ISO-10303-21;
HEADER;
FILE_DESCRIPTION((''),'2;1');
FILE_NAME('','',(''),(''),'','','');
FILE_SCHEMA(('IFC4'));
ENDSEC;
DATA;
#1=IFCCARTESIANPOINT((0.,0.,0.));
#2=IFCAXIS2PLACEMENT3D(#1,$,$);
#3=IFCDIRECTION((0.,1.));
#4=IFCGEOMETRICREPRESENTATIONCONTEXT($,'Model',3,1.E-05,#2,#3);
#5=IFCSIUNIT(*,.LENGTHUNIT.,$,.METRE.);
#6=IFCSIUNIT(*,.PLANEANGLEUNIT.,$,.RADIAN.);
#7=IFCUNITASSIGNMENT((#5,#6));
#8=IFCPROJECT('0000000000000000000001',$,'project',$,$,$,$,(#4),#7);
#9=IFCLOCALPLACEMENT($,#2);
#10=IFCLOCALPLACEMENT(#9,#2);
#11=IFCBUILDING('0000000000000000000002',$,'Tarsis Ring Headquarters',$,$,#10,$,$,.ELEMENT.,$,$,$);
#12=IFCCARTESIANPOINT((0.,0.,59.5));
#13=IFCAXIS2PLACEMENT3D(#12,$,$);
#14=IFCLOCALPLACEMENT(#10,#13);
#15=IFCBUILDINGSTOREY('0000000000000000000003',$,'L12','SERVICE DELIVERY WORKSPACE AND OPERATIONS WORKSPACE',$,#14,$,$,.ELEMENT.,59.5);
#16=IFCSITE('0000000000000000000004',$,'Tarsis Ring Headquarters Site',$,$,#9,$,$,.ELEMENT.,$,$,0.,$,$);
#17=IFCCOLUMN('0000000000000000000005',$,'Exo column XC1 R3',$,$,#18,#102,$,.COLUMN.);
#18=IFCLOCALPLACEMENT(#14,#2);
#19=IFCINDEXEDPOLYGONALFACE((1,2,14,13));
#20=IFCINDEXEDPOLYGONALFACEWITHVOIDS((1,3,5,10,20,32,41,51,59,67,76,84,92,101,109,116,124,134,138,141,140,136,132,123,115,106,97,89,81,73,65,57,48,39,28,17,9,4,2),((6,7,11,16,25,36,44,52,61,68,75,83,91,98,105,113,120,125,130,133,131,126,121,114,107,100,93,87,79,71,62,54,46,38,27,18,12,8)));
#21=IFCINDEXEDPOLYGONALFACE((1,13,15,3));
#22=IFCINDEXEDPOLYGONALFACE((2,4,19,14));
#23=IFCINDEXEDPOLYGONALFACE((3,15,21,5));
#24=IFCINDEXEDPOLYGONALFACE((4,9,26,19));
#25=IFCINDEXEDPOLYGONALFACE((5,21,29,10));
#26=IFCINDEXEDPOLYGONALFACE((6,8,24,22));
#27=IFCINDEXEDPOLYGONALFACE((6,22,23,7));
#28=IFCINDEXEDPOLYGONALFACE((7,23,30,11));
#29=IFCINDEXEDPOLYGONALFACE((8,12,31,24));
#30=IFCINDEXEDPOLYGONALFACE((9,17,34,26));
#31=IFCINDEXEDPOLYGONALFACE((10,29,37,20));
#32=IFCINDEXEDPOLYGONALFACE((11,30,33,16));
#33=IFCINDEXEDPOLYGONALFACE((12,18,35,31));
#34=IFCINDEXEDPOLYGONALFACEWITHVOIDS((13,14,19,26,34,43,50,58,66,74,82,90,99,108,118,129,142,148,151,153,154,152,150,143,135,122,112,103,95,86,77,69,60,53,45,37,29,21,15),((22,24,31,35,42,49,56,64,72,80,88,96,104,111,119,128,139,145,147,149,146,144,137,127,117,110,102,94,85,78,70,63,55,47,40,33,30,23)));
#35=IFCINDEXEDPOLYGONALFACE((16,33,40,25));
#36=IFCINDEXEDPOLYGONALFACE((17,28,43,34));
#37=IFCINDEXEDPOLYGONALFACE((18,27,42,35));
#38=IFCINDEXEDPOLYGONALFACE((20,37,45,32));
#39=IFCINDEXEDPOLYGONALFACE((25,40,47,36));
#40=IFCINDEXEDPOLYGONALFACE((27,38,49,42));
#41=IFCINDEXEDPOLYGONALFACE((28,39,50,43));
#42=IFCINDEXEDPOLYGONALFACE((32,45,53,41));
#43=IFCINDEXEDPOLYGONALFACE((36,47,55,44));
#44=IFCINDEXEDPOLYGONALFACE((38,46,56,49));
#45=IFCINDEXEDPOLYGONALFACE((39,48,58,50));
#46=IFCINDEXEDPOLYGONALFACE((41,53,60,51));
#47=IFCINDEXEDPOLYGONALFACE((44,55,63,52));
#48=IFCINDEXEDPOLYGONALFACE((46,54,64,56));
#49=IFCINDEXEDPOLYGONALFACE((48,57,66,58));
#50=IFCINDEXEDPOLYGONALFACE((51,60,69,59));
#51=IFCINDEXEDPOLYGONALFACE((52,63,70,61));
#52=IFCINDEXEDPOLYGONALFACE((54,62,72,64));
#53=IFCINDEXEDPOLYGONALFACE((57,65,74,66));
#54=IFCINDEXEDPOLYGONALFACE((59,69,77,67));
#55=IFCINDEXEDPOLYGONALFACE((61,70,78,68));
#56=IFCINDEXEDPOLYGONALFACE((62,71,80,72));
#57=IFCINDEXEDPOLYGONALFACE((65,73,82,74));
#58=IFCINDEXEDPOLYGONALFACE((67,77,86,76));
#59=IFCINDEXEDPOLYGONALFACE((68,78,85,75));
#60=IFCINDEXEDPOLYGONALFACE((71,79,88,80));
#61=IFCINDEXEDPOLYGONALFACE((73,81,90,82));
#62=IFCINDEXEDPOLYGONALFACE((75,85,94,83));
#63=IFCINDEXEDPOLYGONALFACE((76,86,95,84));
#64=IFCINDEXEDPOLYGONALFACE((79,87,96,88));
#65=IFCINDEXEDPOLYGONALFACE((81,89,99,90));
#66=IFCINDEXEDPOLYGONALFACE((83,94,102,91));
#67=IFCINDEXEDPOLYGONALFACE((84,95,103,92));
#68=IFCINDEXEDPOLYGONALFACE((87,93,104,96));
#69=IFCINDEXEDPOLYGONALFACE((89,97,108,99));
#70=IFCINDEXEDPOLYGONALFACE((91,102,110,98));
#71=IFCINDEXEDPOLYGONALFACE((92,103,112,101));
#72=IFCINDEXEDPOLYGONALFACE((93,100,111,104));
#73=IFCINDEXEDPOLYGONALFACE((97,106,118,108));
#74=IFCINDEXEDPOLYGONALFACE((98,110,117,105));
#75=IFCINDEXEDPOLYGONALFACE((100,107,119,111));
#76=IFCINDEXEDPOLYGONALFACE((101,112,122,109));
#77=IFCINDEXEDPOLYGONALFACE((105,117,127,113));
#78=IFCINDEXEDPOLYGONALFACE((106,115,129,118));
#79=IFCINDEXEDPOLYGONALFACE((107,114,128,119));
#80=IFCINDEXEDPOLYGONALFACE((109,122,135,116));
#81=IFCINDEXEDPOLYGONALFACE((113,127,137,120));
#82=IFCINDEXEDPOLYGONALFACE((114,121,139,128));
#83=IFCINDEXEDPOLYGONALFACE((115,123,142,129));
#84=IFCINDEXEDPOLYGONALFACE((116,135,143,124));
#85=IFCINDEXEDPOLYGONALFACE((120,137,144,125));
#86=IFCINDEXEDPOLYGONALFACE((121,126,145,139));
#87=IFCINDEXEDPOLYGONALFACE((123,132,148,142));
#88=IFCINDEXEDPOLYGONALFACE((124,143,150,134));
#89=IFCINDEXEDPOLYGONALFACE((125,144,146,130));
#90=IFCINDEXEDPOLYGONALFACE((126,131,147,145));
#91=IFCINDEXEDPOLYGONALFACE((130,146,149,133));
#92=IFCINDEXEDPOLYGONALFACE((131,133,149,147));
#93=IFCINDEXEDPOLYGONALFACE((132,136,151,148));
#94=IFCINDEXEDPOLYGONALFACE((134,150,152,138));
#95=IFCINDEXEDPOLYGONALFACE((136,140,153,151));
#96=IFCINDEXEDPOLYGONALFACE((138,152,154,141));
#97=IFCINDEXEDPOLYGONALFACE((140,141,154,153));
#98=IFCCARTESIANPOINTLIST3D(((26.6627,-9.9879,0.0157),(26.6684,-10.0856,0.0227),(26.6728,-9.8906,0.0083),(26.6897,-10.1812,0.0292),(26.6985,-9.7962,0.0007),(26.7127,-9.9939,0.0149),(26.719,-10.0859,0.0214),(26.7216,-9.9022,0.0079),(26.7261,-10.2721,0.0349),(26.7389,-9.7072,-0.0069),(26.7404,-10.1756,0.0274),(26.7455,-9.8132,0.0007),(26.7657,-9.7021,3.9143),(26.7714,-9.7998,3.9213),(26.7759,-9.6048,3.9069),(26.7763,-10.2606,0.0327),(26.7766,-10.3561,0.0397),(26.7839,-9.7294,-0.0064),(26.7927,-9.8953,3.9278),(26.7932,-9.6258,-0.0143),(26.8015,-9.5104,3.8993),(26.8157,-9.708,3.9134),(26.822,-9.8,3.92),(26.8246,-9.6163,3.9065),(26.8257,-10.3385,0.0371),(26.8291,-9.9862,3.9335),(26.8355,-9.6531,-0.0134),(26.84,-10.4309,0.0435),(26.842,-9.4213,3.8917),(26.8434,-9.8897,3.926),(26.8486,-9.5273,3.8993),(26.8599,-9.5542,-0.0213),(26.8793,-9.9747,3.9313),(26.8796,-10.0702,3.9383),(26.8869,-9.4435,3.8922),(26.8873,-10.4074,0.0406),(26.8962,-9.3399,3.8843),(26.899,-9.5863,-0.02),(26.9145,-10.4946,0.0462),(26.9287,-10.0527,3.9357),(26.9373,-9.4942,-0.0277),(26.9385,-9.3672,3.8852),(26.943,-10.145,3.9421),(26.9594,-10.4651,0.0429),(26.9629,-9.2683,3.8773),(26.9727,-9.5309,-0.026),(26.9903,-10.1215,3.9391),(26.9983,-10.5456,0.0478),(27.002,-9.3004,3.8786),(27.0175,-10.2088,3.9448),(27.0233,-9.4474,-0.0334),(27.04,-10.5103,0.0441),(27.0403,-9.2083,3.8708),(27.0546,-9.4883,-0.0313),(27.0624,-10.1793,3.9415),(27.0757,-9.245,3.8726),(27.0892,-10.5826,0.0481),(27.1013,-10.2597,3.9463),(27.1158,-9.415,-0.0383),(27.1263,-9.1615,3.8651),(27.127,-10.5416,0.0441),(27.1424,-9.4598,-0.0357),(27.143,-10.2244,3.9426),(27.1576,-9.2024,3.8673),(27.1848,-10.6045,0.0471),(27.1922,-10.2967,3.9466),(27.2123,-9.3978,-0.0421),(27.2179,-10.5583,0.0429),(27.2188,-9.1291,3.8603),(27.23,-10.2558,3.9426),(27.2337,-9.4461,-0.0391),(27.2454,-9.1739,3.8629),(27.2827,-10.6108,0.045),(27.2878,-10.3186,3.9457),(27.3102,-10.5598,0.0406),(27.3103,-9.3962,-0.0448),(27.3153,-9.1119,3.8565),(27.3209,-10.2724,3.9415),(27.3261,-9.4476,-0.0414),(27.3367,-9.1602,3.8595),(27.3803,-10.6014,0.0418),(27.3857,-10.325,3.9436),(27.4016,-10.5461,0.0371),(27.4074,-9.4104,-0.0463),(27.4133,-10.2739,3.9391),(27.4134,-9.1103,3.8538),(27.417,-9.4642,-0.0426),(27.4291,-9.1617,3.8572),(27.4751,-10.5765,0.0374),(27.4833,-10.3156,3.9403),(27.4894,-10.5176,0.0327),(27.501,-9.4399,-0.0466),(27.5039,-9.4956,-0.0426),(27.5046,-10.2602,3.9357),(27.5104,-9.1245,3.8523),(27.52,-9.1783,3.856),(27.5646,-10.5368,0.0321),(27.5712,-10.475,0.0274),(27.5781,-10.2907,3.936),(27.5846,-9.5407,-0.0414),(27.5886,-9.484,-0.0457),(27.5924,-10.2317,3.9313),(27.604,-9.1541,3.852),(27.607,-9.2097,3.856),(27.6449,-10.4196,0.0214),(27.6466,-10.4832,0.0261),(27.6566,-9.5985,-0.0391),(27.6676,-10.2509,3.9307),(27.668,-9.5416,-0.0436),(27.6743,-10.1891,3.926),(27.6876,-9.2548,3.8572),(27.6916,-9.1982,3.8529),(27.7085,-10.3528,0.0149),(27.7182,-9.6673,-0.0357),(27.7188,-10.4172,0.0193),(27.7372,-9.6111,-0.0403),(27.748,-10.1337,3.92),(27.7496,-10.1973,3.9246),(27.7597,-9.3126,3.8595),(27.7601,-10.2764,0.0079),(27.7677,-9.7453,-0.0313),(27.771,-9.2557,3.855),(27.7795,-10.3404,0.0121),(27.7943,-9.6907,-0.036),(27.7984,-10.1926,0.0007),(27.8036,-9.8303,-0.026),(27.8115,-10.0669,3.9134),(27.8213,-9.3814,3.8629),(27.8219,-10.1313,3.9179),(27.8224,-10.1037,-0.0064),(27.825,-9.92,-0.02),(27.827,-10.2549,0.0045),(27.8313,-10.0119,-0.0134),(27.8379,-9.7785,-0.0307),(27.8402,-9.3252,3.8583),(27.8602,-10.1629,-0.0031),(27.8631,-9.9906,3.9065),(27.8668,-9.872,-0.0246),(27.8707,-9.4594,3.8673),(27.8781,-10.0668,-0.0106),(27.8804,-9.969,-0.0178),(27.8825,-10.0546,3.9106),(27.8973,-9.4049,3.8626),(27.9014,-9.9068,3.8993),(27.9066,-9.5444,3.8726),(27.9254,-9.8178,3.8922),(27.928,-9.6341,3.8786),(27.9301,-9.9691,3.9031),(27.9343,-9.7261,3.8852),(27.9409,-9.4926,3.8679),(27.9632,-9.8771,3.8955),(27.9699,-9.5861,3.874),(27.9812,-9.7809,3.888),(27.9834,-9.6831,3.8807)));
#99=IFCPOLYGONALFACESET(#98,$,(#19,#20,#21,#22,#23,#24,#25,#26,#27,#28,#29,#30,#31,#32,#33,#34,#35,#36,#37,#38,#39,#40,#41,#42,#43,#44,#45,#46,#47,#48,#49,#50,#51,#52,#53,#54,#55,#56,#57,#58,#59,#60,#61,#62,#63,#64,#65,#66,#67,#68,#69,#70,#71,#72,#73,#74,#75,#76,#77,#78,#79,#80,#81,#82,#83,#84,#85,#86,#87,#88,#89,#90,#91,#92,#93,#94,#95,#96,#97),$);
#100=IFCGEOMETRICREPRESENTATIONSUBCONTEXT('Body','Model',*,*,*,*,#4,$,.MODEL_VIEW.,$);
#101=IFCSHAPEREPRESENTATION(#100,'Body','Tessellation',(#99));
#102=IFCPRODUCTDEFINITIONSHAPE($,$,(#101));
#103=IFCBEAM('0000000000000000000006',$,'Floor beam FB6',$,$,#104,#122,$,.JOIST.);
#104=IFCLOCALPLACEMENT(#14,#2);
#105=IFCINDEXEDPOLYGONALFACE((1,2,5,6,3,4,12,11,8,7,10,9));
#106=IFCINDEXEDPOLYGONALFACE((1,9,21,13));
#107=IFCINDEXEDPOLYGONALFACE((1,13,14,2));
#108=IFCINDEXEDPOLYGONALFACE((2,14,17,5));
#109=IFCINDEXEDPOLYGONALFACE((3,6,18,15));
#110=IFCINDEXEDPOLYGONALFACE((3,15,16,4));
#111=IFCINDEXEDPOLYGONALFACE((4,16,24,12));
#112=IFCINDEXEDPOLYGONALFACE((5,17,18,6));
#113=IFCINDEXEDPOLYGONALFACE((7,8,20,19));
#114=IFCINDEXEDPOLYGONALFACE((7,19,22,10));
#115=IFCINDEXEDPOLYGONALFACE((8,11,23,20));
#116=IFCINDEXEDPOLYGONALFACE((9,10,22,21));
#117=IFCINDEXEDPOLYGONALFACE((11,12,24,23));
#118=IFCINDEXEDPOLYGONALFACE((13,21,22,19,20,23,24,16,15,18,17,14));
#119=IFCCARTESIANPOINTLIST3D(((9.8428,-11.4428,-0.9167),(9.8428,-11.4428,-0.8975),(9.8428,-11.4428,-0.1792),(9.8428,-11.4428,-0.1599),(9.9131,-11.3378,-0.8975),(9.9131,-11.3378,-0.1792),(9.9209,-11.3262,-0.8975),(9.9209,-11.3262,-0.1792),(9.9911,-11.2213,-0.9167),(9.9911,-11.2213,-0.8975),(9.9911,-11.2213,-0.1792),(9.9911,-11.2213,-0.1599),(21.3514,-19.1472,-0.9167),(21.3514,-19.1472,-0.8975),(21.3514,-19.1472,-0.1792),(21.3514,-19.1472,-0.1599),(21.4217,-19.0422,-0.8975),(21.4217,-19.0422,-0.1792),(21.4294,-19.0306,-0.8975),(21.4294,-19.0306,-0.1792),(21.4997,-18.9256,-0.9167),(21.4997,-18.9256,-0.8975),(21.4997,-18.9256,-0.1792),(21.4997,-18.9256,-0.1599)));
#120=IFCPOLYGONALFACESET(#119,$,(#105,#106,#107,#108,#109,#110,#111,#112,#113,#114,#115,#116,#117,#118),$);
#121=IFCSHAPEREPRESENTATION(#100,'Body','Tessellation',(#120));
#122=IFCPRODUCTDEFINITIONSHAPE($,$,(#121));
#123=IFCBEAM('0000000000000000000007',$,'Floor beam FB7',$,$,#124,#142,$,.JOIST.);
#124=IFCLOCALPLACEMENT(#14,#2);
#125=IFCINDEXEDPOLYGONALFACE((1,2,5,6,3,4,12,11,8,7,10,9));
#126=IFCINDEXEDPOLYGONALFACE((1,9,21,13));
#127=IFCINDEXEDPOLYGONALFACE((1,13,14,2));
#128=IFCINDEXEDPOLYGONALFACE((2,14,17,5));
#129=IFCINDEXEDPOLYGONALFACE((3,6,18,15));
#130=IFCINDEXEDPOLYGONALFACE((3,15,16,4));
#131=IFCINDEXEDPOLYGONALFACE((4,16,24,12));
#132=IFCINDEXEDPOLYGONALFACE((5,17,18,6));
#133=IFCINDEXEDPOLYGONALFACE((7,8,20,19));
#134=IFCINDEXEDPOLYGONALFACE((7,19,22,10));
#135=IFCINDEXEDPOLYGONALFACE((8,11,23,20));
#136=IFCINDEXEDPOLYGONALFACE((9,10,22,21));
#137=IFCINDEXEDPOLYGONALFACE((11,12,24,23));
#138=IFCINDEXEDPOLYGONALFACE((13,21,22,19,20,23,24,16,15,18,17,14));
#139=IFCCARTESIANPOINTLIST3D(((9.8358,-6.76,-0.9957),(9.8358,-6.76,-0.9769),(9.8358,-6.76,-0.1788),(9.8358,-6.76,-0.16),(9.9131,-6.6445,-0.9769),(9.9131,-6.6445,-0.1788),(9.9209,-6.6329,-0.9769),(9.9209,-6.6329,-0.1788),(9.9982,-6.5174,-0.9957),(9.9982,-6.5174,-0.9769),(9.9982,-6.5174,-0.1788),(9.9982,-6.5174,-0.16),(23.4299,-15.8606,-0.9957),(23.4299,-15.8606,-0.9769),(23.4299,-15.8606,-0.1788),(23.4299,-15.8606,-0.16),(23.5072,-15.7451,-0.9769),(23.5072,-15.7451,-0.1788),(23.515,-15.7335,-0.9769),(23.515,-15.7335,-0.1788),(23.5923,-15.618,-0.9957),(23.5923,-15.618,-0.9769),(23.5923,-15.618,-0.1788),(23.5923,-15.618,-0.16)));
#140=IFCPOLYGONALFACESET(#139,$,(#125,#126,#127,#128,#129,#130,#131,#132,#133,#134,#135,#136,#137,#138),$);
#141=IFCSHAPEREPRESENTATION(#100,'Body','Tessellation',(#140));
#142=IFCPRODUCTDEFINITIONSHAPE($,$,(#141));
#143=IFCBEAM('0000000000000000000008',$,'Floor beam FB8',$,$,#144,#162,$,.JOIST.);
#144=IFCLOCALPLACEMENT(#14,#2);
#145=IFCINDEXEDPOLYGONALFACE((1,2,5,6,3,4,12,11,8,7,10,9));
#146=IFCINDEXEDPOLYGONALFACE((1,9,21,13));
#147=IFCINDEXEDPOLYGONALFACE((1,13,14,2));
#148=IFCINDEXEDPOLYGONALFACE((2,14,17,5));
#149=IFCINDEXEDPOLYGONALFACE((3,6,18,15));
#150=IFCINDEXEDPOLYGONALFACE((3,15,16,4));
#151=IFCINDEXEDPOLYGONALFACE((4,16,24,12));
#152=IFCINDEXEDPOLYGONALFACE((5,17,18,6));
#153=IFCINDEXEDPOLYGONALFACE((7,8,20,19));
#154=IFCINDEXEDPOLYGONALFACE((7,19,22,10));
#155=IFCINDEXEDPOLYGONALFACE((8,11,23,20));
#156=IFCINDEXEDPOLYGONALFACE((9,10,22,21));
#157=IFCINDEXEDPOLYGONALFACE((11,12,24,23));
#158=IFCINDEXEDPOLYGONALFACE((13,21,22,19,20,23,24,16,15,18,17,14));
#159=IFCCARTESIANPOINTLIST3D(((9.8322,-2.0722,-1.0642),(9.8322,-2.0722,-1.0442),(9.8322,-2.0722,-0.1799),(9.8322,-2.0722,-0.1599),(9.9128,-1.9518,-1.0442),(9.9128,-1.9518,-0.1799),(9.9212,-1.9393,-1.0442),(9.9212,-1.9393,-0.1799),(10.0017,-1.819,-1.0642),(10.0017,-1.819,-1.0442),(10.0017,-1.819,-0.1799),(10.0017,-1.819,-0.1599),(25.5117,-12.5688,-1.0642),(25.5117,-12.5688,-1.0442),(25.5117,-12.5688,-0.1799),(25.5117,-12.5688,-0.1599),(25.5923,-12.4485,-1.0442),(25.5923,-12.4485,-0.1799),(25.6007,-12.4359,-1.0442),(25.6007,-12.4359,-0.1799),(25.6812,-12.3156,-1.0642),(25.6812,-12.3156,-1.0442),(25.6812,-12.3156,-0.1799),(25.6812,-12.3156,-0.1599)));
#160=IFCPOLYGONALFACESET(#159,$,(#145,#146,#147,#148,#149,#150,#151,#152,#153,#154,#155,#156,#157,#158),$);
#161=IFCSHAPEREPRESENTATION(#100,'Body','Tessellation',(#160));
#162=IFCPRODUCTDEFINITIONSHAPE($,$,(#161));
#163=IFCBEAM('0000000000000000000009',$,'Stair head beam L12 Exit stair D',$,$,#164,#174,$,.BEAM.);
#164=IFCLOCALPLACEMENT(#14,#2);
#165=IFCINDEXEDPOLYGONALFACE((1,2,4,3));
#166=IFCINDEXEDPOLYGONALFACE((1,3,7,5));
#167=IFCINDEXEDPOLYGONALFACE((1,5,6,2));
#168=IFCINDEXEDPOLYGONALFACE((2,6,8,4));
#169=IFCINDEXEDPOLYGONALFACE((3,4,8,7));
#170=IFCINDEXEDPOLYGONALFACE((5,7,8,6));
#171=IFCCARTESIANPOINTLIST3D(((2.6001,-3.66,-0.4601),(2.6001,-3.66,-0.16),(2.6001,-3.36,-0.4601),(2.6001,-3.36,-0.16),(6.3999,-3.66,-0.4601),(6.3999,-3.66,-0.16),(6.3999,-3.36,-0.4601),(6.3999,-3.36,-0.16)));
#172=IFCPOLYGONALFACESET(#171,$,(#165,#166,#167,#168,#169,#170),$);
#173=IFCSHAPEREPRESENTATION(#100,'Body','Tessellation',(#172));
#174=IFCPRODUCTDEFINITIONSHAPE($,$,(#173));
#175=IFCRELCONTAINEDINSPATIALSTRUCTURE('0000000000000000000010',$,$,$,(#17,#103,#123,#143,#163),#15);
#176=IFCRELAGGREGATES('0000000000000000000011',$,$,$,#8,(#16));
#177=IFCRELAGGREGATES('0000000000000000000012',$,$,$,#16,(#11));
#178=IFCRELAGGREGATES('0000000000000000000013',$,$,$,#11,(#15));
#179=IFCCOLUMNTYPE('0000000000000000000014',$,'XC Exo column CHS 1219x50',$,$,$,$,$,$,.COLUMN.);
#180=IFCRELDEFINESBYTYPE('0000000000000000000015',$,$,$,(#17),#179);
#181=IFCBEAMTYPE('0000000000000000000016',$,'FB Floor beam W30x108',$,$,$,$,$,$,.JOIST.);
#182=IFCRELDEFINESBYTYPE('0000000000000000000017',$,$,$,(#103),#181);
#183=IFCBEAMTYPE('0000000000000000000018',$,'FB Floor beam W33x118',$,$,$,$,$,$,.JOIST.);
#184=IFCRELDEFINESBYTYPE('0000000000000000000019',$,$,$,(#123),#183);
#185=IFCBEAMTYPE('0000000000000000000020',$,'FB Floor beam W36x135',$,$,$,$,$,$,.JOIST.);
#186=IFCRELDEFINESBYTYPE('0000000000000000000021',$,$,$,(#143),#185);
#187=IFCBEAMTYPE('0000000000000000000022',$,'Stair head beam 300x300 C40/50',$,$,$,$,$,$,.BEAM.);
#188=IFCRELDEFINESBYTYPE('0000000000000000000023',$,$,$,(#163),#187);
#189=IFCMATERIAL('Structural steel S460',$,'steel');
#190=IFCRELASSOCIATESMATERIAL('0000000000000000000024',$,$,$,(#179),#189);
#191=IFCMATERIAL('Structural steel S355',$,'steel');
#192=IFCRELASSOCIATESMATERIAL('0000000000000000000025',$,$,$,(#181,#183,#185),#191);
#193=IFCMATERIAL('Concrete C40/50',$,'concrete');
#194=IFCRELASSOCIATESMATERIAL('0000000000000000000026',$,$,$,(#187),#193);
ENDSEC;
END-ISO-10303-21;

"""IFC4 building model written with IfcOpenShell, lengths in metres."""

from ifc_helpers import new_model, si_unit, direction, frame, origin, origin_2d, place, context, subcontext, project, spatial, rectangle, hollow_circle, i_section, extrude, material, material_profile, profile_set, type_object, element, save


model = new_model("IFC4")

# Units and contexts
model_context = context("Model", 3, precision=1e-05, world=origin(), true_north=direction((0.0, 1.0)))
body_context = subcontext(model_context, "Body", "Model", "MODEL_VIEW")
ifc_project = project(units=[si_unit("LENGTHUNIT", "METRE"), si_unit("PLANEANGLEUNIT", "RADIAN")], contexts=[model_context])

# Site, building, storey
site_placement = place(None, origin())
site = spatial("IfcSite", under=ifc_project, at=site_placement, Name="Tarsis Ring Headquarters Site", CompositionType="ELEMENT", RefElevation=0.0)
building_placement = place(site_placement, origin())
building = spatial("IfcBuilding", under=site, at=building_placement, Name="Tarsis Ring Headquarters", CompositionType="ELEMENT")
storey_placement = place(building_placement, frame((0.0, 0.0, 59.5)))
storey = spatial("IfcBuildingStorey", under=building, at=storey_placement, Name="L12", Description="SERVICE DELIVERY WORKSPACE AND OPERATIONS WORKSPACE", CompositionType="ELEMENT", Elevation=59.5)

# Column
ifc_material_1 = material(Name="Structural steel S460", Category="steel")
ifc_material_profile_1 = material_profile(ifc_material_1, hollow_circle(Radius=0.6096, WallThickness=0.05, at=origin_2d()), Name="CHS 1219x50")
ifc_profile_set_1 = profile_set([ifc_material_profile_1], Name="Structural steel S460")
column_type = type_object("IfcColumnType", Name="XC Exo column CHS 1219x50", PredefinedType="COLUMN", material=ifc_profile_set_1)
column_placement = place(storey_placement, frame((27.272, -10.0029, 0.0007), z_axis=(0.026346, 0.073108, 0.996976), x_axis=(-0.940775, 0.339032, 0.0)))
element("IfcColumn", 1, at=column_placement, inside=storey, type_object=column_type, Name="Exo column XC1 R3", PredefinedType="COLUMN", context=body_context, shape_type="SweptSolid", body=[
    extrude(hollow_circle(Radius=0.6096, WallThickness=0.05, at=origin_2d()), origin(), (0.0, 0.0, 1.0), 3.9104),
])

# Beams
ifc_material_2 = material(Name="Structural steel S355", Category="steel")
ifc_material_profile_2 = material_profile(ifc_material_2, i_section(OverallWidth=0.2666, OverallDepth=0.7568, WebThickness=0.0139, FlangeThickness=0.0193, at=origin_2d()), Name="W30x108")
ifc_profile_set_2 = profile_set([ifc_material_profile_2], Name="Structural steel S355")
beam_type_1 = type_object("IfcBeamType", Name="FB Floor beam W30x108", PredefinedType="JOIST", material=ifc_profile_set_2)
beam_1_placement = place(storey_placement, frame((9.917, -11.332, -0.5383), z_axis=(0.830983, -0.556298, 0.0), x_axis=(0.556298, 0.830983, 0.0)))
element("IfcBeam", 2, at=beam_1_placement, inside=storey, type_object=beam_type_1, Name="Floor beam FB6", PredefinedType="JOIST", context=body_context, shape_type="SweptSolid", body=[
    extrude(i_section(OverallWidth=0.2666, OverallDepth=0.7568, WebThickness=0.0139, FlangeThickness=0.0193, at=origin_2d()), origin(), (0.0, 0.0, 1.0), 13.8494),
])
ifc_material_profile_3 = material_profile(ifc_material_2, i_section(OverallWidth=0.292, OverallDepth=0.8357, WebThickness=0.0139, FlangeThickness=0.0188, at=origin_2d()), Name="W33x118")
ifc_profile_set_3 = profile_set([ifc_material_profile_3], Name="Structural steel S355")
beam_type_2 = type_object("IfcBeamType", Name="FB Floor beam W33x118", PredefinedType="JOIST", material=ifc_profile_set_3)
beam_2_placement = place(storey_placement, frame((9.917, -6.6387, -0.5779), z_axis=(0.830979, -0.556304, 0.0), x_axis=(0.556304, 0.830979, 0.0)))
element("IfcBeam", 3, at=beam_2_placement, inside=storey, type_object=beam_type_2, Name="Floor beam FB7", PredefinedType="JOIST", context=body_context, shape_type="SweptSolid", body=[
    extrude(i_section(OverallWidth=0.292, OverallDepth=0.8357, WebThickness=0.0139, FlangeThickness=0.0188, at=origin_2d()), origin(), (0.0, 0.0, 1.0), 16.3591),
])
ifc_material_profile_4 = material_profile(ifc_material_2, i_section(OverallWidth=0.3047, OverallDepth=0.9043, WebThickness=0.0151, FlangeThickness=0.02, at=origin_2d()), Name="W36x135")
ifc_profile_set_4 = profile_set([ifc_material_profile_4], Name="Structural steel S355")
beam_type_3 = type_object("IfcBeamType", Name="FB Floor beam W36x135", PredefinedType="JOIST", material=ifc_profile_set_4)
beam_3_placement = place(storey_placement, frame((9.917, -1.9456, -0.6121), z_axis=(0.830982, -0.5563, 0.0), x_axis=(0.5563, 0.830982, 0.0)))
element("IfcBeam", 4, at=beam_3_placement, inside=storey, type_object=beam_type_3, Name="Floor beam FB8", PredefinedType="JOIST", context=body_context, shape_type="SweptSolid", body=[
    extrude(i_section(OverallWidth=0.3047, OverallDepth=0.9043, WebThickness=0.0151, FlangeThickness=0.02, at=origin_2d()), origin(), (0.0, 0.0, 1.0), 18.8687),
])
ifc_material_3 = material(Name="Concrete C40/50", Category="concrete")
ifc_material_profile_5 = material_profile(ifc_material_3, rectangle(XDim=0.3, YDim=0.3, at=origin_2d()), Name="Stair head beam 300x300 C40/50")
ifc_profile_set_5 = profile_set([ifc_material_profile_5], Name="Concrete C40/50")
beam_type_4 = type_object("IfcBeamType", Name="Stair head beam 300x300 C40/50", PredefinedType="BEAM", material=ifc_profile_set_5)
beam_4_placement = place(storey_placement, frame((2.6001, -3.51, -0.3101), z_axis=(1.0, 0.0, 0.0), x_axis=(0.0, 1.0, 0.0)))
element("IfcBeam", 5, at=beam_4_placement, inside=storey, type_object=beam_type_4, Name="Stair head beam L12 Exit stair D", PredefinedType="BEAM", context=body_context, shape_type="SweptSolid", body=[
    extrude(rectangle(XDim=0.3, YDim=0.3, at=origin_2d()), origin(), (0.0, 0.0, 1.0), 3.7998),
])

save(model, "model.ifc")
